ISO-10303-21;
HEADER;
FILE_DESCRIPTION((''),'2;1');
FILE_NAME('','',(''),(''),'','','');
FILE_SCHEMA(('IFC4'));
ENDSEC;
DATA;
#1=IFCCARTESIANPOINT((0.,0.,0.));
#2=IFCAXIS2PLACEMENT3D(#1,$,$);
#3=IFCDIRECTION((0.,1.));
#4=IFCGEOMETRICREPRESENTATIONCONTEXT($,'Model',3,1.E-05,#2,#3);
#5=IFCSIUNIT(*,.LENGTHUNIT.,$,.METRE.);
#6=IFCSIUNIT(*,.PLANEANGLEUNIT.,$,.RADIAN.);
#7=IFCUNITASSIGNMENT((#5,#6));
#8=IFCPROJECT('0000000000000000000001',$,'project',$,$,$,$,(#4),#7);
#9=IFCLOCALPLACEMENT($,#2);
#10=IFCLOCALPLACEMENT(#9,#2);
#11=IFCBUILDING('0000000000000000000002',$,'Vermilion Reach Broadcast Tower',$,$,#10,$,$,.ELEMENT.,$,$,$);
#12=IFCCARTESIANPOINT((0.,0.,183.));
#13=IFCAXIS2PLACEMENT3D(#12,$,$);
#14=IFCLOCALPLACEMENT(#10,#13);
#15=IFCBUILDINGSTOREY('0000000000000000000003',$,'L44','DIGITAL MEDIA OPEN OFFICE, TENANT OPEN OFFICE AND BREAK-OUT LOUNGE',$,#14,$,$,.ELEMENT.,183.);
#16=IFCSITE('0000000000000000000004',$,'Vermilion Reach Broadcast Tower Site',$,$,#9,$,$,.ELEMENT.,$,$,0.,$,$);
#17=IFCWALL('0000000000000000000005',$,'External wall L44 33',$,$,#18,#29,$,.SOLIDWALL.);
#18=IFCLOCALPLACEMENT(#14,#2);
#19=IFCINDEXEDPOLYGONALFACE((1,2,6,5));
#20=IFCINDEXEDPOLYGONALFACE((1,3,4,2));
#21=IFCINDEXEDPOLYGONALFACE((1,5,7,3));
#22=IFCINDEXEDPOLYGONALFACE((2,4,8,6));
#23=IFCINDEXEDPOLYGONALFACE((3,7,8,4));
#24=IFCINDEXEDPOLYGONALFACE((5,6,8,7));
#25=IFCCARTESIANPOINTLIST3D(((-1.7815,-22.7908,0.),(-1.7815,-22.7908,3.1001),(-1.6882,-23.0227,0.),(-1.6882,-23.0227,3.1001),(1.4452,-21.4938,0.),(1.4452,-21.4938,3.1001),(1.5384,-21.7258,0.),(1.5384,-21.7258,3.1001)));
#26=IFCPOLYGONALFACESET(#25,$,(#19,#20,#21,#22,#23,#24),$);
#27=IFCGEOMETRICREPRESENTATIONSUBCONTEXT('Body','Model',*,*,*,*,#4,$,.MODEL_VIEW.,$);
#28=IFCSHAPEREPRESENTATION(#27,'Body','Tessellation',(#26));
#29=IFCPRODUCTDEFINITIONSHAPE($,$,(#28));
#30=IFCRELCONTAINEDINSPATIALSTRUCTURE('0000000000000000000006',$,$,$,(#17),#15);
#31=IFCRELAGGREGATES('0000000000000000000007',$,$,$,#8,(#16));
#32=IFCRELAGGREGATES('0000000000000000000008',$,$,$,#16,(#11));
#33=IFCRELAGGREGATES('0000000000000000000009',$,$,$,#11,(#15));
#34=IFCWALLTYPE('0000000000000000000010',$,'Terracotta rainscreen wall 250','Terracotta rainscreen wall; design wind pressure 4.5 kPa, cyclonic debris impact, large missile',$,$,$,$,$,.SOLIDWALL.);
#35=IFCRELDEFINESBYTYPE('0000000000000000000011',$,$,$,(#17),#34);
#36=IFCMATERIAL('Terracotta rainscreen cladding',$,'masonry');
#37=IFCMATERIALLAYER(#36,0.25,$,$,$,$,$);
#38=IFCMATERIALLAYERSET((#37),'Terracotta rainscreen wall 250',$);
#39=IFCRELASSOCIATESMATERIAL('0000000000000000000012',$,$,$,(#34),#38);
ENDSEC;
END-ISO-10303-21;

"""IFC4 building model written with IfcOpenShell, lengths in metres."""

from ifc_helpers import new_model, si_unit, direction, frame, frame_2d, origin, place, context, subcontext, project, spatial, rectangle, extrude, material, layer, layer_set, type_object, element, save


model = new_model("IFC4")

# Units and contexts
model_context = context("Model", 3, precision=1e-05, world=origin(), true_north=direction((0.0, 1.0)))
body_context = subcontext(model_context, "Body", "Model", "MODEL_VIEW")
ifc_project = project(units=[si_unit("LENGTHUNIT", "METRE"), si_unit("PLANEANGLEUNIT", "RADIAN")], contexts=[model_context])

# Site, building, storey
site_placement = place(None, origin())
site = spatial("IfcSite", under=ifc_project, at=site_placement, Name="Vermilion Reach Broadcast Tower Site", CompositionType="ELEMENT", RefElevation=0.0)
building_placement = place(site_placement, origin())
building = spatial("IfcBuilding", under=site, at=building_placement, Name="Vermilion Reach Broadcast Tower", CompositionType="ELEMENT")
storey_placement = place(building_placement, frame((0.0, 0.0, 183.0)))
storey = spatial("IfcBuildingStorey", under=building, at=storey_placement, Name="L44", Description="DIGITAL MEDIA OPEN OFFICE, TENANT OPEN OFFICE AND BREAK-OUT LOUNGE", CompositionType="ELEMENT", Elevation=183.0)

# Shared definitions
ifc_material_1 = material(Name="Terracotta rainscreen cladding", Category="masonry")
ifc_layer_1 = layer(ifc_material_1, 0.25)
ifc_layer_set_1 = layer_set([ifc_layer_1], Name="Terracotta rainscreen wall 250")
wall_type_1 = type_object("IfcWallType", Name="Terracotta rainscreen wall 250", Description="Terracotta rainscreen wall; design wind pressure 4.5 kPa, cyclonic debris impact, large missile", PredefinedType="SOLIDWALL", material=ifc_layer_set_1)

# Wall
wall_1_placement = place(storey_placement, frame((-1.7349, -22.9067, 0.0), z_axis=(0.0, 0.0, 1.0), x_axis=(0.927856, 0.37294, 0.0)))
element("IfcWall", 1, at=wall_1_placement, inside=storey, type_object=wall_type_1, Name="External wall L44 33", PredefinedType="SOLIDWALL", context=body_context, shape_type="SweptSolid", body=[
    extrude(rectangle(XDim=3.4775, YDim=0.25, at=frame_2d((1.7388, 0.0))), origin(), (0.0, 0.0, 1.0), 3.1001),
])

save(model, "model.ifc")
